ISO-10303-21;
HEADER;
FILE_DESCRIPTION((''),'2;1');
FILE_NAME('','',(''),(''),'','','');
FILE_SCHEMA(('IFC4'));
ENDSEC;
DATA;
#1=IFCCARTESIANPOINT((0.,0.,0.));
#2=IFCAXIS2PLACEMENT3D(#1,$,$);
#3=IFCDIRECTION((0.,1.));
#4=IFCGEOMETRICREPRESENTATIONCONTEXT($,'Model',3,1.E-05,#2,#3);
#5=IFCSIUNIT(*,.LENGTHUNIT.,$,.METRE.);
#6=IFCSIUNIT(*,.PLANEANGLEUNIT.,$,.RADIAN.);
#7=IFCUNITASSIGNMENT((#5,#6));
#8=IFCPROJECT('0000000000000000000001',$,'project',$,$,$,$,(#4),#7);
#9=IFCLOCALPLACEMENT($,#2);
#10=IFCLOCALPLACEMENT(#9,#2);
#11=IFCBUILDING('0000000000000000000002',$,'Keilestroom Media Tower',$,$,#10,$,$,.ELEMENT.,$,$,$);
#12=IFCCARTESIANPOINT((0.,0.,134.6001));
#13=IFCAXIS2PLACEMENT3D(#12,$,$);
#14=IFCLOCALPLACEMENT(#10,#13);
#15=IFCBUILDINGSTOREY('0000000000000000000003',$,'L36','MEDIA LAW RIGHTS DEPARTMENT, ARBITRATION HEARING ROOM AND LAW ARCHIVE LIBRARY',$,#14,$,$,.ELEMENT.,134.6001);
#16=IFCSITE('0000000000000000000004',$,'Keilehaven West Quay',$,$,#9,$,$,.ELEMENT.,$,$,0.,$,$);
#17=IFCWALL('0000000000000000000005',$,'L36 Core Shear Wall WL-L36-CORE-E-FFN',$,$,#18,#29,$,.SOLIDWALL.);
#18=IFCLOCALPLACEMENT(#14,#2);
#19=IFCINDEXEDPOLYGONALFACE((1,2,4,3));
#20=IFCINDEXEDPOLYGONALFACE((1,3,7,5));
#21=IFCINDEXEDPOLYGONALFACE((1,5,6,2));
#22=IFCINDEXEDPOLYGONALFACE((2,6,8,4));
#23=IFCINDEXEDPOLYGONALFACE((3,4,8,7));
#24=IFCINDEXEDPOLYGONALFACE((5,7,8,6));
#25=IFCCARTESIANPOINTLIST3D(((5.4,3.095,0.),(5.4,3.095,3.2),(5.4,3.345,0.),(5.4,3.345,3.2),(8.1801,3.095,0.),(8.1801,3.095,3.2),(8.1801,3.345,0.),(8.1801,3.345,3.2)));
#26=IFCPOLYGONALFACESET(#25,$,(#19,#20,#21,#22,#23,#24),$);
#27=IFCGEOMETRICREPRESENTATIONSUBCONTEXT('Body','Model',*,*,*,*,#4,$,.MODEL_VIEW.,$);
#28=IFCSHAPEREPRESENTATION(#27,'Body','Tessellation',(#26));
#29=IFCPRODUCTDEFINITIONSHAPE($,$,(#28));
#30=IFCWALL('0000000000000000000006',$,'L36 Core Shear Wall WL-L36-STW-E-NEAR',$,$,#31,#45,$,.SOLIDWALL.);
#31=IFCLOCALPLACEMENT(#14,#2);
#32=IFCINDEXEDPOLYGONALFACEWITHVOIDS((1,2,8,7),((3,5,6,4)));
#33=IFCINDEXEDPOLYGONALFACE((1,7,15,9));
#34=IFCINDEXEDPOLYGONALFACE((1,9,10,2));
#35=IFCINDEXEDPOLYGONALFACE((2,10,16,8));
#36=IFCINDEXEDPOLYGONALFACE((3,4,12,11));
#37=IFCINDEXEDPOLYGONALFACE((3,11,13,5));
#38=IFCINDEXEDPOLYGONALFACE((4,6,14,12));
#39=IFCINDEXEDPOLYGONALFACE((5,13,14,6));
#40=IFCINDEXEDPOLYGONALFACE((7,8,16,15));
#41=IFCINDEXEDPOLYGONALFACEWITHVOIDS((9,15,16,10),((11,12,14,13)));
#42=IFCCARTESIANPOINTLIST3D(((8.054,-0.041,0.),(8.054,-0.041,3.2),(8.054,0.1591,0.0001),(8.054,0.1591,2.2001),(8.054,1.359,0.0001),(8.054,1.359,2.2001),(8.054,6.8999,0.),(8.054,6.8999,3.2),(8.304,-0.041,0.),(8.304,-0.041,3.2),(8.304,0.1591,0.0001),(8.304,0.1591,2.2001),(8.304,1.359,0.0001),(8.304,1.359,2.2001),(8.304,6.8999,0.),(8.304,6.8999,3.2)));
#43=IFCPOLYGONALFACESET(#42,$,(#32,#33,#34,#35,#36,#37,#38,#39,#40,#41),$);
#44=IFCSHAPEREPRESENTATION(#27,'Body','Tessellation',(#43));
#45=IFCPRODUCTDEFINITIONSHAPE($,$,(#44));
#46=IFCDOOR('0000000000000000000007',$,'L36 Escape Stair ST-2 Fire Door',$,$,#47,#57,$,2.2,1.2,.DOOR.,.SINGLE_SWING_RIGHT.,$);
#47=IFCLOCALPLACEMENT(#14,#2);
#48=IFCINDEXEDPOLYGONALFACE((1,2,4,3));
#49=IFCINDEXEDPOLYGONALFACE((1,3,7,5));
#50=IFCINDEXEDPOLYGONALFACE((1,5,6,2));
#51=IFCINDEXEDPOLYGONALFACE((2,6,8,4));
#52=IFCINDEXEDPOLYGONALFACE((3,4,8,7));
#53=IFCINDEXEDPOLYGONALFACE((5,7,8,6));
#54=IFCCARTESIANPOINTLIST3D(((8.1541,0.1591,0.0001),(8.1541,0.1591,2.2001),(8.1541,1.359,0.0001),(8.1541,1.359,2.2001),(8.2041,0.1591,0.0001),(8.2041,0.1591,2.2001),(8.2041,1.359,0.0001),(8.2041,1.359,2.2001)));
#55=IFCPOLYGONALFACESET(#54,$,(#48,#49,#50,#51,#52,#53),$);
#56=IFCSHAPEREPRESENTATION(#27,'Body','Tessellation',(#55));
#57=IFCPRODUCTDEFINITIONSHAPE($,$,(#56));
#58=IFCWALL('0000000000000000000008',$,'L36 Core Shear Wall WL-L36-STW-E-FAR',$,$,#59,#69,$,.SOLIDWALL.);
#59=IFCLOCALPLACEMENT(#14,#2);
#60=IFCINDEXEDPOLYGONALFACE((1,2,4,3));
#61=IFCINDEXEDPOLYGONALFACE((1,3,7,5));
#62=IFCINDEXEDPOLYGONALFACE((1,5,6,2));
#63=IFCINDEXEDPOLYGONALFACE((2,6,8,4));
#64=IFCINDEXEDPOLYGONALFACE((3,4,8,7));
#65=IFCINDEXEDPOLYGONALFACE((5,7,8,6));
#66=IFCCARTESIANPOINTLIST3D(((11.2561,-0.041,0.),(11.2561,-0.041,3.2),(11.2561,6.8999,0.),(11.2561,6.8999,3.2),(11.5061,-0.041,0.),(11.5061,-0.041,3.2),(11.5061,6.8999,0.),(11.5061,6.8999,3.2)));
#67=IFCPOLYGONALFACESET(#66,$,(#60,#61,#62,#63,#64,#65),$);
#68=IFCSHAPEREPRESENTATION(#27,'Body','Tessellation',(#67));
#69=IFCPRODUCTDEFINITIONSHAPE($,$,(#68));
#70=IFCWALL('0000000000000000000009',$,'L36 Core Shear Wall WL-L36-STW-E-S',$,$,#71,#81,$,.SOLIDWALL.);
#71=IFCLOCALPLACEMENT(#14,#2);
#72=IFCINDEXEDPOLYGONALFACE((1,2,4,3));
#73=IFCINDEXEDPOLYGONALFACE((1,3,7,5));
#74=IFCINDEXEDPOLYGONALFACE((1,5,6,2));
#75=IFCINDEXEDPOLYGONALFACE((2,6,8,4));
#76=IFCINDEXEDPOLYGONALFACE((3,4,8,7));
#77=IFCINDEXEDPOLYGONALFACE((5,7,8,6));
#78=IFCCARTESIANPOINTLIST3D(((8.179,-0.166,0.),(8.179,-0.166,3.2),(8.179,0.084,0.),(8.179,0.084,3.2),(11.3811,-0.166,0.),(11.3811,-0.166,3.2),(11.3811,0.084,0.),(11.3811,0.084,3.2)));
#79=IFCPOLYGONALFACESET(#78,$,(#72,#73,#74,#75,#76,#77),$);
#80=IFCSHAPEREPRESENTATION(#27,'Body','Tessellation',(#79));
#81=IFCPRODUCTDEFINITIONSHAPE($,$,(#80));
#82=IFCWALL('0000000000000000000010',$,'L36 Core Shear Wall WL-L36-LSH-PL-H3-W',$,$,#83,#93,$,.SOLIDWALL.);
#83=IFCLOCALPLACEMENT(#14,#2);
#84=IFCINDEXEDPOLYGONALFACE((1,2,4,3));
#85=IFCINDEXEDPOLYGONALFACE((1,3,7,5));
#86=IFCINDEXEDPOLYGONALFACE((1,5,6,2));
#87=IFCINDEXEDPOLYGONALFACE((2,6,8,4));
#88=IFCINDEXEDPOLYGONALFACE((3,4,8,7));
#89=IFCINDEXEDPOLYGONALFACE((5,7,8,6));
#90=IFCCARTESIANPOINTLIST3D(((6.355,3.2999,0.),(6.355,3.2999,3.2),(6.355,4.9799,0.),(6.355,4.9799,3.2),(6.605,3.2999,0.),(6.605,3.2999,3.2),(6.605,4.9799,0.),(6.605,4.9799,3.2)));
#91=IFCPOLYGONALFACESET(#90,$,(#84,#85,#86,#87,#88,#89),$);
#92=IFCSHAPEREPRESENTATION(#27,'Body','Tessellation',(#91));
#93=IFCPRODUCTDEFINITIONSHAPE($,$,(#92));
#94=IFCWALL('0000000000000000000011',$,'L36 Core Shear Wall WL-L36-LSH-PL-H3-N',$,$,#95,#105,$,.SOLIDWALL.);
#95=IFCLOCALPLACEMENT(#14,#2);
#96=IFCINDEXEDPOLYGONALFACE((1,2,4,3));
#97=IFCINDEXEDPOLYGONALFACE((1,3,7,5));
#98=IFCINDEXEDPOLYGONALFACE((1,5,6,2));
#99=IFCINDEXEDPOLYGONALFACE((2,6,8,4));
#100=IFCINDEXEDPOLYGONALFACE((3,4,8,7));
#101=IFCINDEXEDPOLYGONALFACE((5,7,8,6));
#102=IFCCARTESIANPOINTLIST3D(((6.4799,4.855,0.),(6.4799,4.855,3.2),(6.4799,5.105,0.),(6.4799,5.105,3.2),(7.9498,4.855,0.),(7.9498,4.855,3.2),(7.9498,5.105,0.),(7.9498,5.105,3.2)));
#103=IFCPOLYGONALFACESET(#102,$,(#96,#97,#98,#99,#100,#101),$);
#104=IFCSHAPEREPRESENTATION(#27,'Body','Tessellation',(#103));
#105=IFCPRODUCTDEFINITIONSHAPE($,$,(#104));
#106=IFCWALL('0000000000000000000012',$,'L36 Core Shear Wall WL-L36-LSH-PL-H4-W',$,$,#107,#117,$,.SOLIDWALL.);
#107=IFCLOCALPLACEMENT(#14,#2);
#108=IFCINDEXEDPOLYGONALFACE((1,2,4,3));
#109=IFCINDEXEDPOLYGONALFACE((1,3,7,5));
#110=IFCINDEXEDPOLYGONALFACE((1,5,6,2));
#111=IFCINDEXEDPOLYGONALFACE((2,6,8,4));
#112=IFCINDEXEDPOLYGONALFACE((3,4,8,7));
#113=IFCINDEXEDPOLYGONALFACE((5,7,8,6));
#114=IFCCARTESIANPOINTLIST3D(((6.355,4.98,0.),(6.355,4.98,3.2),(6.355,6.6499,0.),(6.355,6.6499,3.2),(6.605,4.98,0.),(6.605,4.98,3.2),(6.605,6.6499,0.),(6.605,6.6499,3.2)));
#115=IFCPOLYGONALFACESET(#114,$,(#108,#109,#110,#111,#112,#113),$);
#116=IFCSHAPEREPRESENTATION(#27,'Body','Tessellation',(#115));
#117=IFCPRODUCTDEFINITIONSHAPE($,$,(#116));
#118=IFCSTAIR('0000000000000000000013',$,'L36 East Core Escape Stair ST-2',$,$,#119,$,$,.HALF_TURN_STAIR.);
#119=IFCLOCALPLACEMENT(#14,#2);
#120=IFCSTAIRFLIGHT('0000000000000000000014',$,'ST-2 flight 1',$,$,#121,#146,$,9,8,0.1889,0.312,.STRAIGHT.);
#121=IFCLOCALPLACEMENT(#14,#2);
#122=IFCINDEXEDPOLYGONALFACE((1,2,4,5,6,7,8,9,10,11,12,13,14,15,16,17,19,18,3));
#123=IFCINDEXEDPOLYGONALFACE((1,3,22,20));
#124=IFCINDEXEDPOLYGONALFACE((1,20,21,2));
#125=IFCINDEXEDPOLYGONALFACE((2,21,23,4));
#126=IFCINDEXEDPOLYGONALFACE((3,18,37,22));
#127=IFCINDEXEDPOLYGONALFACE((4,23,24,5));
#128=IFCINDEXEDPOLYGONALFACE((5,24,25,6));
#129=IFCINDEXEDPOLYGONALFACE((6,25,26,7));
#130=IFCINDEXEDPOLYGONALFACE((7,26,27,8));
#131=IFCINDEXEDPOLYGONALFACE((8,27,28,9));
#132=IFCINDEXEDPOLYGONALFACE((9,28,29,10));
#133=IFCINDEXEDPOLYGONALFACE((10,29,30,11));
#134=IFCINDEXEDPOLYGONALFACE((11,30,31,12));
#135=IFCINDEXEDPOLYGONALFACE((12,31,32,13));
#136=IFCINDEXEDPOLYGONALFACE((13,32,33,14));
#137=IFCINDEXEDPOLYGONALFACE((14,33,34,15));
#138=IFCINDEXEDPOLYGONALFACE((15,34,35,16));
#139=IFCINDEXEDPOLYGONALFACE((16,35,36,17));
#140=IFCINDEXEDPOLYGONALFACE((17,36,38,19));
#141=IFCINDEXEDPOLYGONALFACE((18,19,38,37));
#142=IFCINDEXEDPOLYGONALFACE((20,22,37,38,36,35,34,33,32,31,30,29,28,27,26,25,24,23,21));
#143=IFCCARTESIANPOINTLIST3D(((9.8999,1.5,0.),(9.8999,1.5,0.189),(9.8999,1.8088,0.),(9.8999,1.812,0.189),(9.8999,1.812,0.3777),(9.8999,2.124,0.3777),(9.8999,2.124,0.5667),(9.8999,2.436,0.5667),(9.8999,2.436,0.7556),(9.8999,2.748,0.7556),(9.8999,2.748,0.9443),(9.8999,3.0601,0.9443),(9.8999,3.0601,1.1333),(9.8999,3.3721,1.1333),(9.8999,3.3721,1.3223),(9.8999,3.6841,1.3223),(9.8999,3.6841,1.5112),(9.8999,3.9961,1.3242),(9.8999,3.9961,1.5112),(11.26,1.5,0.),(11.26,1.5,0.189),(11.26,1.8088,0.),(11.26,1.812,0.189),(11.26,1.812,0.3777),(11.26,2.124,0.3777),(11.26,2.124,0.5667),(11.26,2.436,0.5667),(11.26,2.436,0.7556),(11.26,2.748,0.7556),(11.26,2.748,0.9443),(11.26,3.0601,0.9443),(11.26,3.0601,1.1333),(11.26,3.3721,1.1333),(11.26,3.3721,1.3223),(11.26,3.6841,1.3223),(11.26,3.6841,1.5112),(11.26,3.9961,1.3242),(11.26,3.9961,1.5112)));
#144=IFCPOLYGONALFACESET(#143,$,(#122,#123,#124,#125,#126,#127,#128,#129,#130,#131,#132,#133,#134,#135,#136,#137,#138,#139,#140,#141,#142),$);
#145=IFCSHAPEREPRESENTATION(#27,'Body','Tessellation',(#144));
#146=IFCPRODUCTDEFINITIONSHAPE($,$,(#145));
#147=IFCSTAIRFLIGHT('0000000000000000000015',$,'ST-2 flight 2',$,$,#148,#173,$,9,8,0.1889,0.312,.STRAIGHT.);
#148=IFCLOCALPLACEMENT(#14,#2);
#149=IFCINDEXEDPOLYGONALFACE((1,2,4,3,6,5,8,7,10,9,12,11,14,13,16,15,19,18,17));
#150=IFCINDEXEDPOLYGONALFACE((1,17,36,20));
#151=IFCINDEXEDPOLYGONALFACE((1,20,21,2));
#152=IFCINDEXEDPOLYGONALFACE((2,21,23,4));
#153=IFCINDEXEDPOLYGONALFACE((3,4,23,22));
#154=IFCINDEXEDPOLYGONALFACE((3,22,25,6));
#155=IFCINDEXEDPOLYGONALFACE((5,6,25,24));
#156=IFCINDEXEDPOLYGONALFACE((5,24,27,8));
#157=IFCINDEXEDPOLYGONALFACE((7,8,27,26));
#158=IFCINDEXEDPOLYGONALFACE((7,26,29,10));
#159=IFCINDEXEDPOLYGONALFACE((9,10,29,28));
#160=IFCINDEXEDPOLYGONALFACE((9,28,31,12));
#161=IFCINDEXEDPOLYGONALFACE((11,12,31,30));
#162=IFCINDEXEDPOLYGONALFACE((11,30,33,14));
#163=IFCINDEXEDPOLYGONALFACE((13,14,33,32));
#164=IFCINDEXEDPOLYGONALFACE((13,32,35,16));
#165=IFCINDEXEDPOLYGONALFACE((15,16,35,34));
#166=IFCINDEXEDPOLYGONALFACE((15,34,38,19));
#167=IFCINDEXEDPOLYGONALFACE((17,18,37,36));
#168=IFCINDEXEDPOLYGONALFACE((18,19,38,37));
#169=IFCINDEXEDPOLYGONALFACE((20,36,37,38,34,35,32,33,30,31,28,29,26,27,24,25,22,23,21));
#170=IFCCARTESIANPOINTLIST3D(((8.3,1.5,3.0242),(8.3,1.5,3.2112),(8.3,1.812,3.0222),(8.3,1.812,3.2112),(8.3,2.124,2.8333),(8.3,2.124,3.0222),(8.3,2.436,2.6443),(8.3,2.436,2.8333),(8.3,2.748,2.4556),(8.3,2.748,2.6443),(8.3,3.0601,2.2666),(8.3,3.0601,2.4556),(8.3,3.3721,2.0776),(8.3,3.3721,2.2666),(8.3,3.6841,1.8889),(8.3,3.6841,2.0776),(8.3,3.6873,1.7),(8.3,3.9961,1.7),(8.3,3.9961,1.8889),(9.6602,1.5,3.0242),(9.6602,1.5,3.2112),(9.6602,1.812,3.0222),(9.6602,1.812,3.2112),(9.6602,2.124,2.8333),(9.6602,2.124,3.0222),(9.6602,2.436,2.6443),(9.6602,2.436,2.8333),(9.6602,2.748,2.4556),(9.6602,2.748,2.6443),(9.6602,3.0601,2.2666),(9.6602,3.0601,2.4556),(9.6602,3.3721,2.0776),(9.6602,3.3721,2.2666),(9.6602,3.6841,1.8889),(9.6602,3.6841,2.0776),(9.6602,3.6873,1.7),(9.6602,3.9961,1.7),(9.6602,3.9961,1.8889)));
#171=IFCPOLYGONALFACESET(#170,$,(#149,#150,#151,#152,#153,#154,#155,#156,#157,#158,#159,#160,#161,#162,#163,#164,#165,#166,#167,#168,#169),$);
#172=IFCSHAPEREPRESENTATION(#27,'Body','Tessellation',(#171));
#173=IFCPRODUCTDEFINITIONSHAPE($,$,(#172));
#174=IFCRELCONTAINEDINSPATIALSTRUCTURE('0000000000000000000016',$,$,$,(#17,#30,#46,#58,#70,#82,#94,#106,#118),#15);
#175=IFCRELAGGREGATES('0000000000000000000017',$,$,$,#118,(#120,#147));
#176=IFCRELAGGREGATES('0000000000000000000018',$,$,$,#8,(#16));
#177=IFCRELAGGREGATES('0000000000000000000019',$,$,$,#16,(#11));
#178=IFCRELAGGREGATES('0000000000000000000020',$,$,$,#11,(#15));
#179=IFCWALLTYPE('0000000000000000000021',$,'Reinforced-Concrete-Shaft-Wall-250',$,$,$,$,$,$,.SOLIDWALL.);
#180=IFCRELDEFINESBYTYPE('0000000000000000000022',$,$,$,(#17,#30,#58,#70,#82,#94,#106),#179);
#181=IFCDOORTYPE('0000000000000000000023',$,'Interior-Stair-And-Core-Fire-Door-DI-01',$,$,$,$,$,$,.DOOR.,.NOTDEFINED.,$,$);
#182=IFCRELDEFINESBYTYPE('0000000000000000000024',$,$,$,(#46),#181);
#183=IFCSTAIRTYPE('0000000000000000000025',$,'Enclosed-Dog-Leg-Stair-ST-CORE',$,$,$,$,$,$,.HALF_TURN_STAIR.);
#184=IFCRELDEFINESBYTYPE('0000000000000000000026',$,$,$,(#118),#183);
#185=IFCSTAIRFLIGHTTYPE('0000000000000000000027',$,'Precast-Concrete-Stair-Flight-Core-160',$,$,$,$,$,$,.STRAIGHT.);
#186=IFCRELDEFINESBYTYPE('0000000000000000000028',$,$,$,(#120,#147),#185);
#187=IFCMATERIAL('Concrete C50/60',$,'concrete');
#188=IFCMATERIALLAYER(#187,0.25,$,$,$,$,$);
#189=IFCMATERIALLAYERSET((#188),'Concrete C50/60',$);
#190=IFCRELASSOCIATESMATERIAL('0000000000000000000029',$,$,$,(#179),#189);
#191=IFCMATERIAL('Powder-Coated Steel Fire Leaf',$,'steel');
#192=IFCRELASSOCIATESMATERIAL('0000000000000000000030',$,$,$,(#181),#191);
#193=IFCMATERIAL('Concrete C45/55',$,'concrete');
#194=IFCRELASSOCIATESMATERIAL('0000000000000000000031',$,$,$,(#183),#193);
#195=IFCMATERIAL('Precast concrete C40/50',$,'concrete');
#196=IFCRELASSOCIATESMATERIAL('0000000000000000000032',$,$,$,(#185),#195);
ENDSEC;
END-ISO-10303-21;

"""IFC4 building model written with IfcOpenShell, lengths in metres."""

from ifc_helpers import new_model, si_unit, direction, frame, frame_2d, origin, place, context, subcontext, project, spatial, polyline, rectangle, outline, extrude, source, transform, mapped, material, layer, layer_set, type_object, element, fill, aggregate, save


model = new_model("IFC4")

# Units and contexts
model_context = context("Model", 3, precision=1e-05, world=origin(), true_north=direction((0.0, 1.0)))
body_context = subcontext(model_context, "Body", "Model", "MODEL_VIEW")
ifc_project = project(units=[si_unit("LENGTHUNIT", "METRE"), si_unit("PLANEANGLEUNIT", "RADIAN")], contexts=[model_context])

# Site, building, storey
site_placement = place(None, origin())
site = spatial("IfcSite", under=ifc_project, at=site_placement, Name="Keilehaven West Quay", CompositionType="ELEMENT", RefElevation=0.0)
building_placement = place(site_placement, origin())
building = spatial("IfcBuilding", under=site, at=building_placement, Name="Keilestroom Media Tower", CompositionType="ELEMENT")
storey_placement = place(building_placement, frame((0.0, 0.0, 134.6001)))
storey = spatial("IfcBuildingStorey", under=building, at=storey_placement, Name="L36", Description="MEDIA LAW RIGHTS DEPARTMENT, ARBITRATION HEARING ROOM AND LAW ARCHIVE LIBRARY", CompositionType="ELEMENT", Elevation=134.6001)

# Wall
ifc_material_1 = material(Name="Concrete C50/60", Category="concrete")
ifc_layer_1 = layer(ifc_material_1, 0.25)
ifc_layer_set_1 = layer_set([ifc_layer_1], Name="Concrete C50/60")
wall_type_1 = type_object("IfcWallType", Name="Reinforced-Concrete-Shaft-Wall-250", PredefinedType="SOLIDWALL", material=ifc_layer_set_1)
wall_1_placement = place(storey_placement, frame((5.3999, 3.22, 0.0), z_axis=(0.0, 0.0, 1.0), x_axis=(1.0, 0.0, 0.0)))
element("IfcWall", 1, at=wall_1_placement, inside=storey, type_object=wall_type_1, Name="L36 Core Shear Wall WL-L36-CORE-E-FFN", PredefinedType="SOLIDWALL", context=body_context, shape_type="SweptSolid", body=[
    extrude(rectangle(XDim=2.78, YDim=0.25, at=frame_2d((1.3901, 0.0))), origin(), (0.0, 0.0, 1.0), 3.2),
])

# Wall, opening, door
wall_2_placement = place(storey_placement, frame((8.179, -0.041, 0.0), z_axis=(0.0, 0.0, 1.0), x_axis=(0.0, 1.0, 0.0)))
wall_2 = element("IfcWall", 2, at=wall_2_placement, inside=storey, type_object=wall_type_1, Name="L36 Core Shear Wall WL-L36-STW-E-NEAR", PredefinedType="SOLIDWALL", context=body_context, shape_type="SweptSolid", body=[
    extrude(rectangle(XDim=6.9409, YDim=0.25, at=frame_2d((3.4705, 0.0))), origin(), (0.0, 0.0, 1.0), 3.2),
])
opening_placement = place(wall_2_placement, frame((0.2, 0.0, 0.0)))
opening = element("IfcOpeningElement", 3, at=opening_placement, cuts=wall_2, PredefinedType="OPENING", context=body_context, shape_type="SweptSolid", body=[
    extrude(rectangle(XDim=1.2, YDim=2.2, at=frame_2d((0.6001, 1.1001))), frame((0.0, 0.135, 0.0), z_axis=(0.0, -1.0, 0.0), x_axis=(1.0, 0.0, 0.0)), (0.0, 0.0, 1.0), 0.27),
])
ifc_material_2 = material(Name="Powder-Coated Steel Fire Leaf", Category="steel")
door_type = type_object("IfcDoorType", Name="Interior-Stair-And-Core-Fire-Door-DI-01", OperationType="NOTDEFINED", PredefinedType="DOOR", material=ifc_material_2)
shared_shape_1 = source(origin(), body_context, "Body", "SweptSolid", [
    extrude(rectangle(XDim=1.2, YDim=2.2, at=frame_2d((0.6001, 1.1001))), frame((0.0, 0.0249, 0.0), z_axis=(0.0, -1.0, 0.0), x_axis=(1.0, 0.0, 0.0)), (0.0, 0.0, 1.0), 0.05),
])
door_placement = place(opening_placement, origin())
door = element("IfcDoor", 4, at=door_placement, inside=storey, type_object=door_type, Name="L36 Escape Stair ST-2 Fire Door", OperationType="SINGLE_SWING_RIGHT", OverallHeight=2.2, OverallWidth=1.2, PredefinedType="DOOR", context=body_context, shape_type="MappedRepresentation", body=[
    mapped(shared_shape_1, transform((0.0, 0.0, 0.0), x_axis=(1.0, 0.0, 0.0), y_axis=(0.0, 1.0, 0.0), z_axis=(0.0, 0.0, 1.0), scale=1.0)),
])
fill(opening, door)

# Walls
wall_3_placement = place(storey_placement, frame((11.3811, -0.041, 0.0), z_axis=(0.0, 0.0, 1.0), x_axis=(0.0, 1.0, 0.0)))
element("IfcWall", 5, at=wall_3_placement, inside=storey, type_object=wall_type_1, Name="L36 Core Shear Wall WL-L36-STW-E-FAR", PredefinedType="SOLIDWALL", context=body_context, shape_type="SweptSolid", body=[
    extrude(rectangle(XDim=6.9409, YDim=0.25, at=frame_2d((3.4705, 0.0))), origin(), (0.0, 0.0, 1.0), 3.2),
])
wall_4_placement = place(storey_placement, frame((8.179, -0.041, 0.0), z_axis=(0.0, 0.0, 1.0), x_axis=(1.0, 0.0, 0.0)))
element("IfcWall", 6, at=wall_4_placement, inside=storey, type_object=wall_type_1, Name="L36 Core Shear Wall WL-L36-STW-E-S", PredefinedType="SOLIDWALL", context=body_context, shape_type="SweptSolid", body=[
    extrude(rectangle(XDim=3.2021, YDim=0.25, at=frame_2d((1.6011, 0.0))), origin(), (0.0, 0.0, 1.0), 3.2),
])
wall_5_placement = place(storey_placement, frame((6.48, 3.3, 0.0), z_axis=(0.0, 0.0, 1.0), x_axis=(0.0, 1.0, 0.0)))
element("IfcWall", 7, at=wall_5_placement, inside=storey, type_object=wall_type_1, Name="L36 Core Shear Wall WL-L36-LSH-PL-H3-W", PredefinedType="SOLIDWALL", context=body_context, shape_type="SweptSolid", body=[
    extrude(rectangle(XDim=1.6799, YDim=0.25, at=frame_2d((0.8398, 0.0))), origin(), (0.0, 0.0, 1.0), 3.2),
])
wall_6_placement = place(storey_placement, frame((6.48, 4.98, 0.0), z_axis=(0.0, 0.0, 1.0), x_axis=(1.0, 0.0, 0.0)))
element("IfcWall", 8, at=wall_6_placement, inside=storey, type_object=wall_type_1, Name="L36 Core Shear Wall WL-L36-LSH-PL-H3-N", PredefinedType="SOLIDWALL", context=body_context, shape_type="SweptSolid", body=[
    extrude(rectangle(XDim=1.47, YDim=0.25, at=frame_2d((0.7349, 0.0))), origin(), (0.0, 0.0, 1.0), 3.2),
])
wall_7_placement = place(storey_placement, frame((6.48, 4.98, 0.0), z_axis=(0.0, 0.0, 1.0), x_axis=(0.0, 1.0, 0.0)))
element("IfcWall", 9, at=wall_7_placement, inside=storey, type_object=wall_type_1, Name="L36 Core Shear Wall WL-L36-LSH-PL-H4-W", PredefinedType="SOLIDWALL", context=body_context, shape_type="SweptSolid", body=[
    extrude(rectangle(XDim=1.6699, YDim=0.25, at=frame_2d((0.835, 0.0))), origin(), (0.0, 0.0, 1.0), 3.2),
])

# Stair, stair flights
ifc_material_3 = material(Name="Concrete C45/55", Category="concrete")
stair_type = type_object("IfcStairType", Name="Enclosed-Dog-Leg-Stair-ST-CORE", PredefinedType="HALF_TURN_STAIR", material=ifc_material_3)
stair_placement = place(storey_placement, origin())
stair = element("IfcStair", 10, at=stair_placement, inside=storey, type_object=stair_type, Name="L36 East Core Escape Stair ST-2", PredefinedType="HALF_TURN_STAIR")
ifc_material_4 = material(Name="Precast concrete C40/50", Category="concrete")
stair_flight_type = type_object("IfcStairFlightType", Name="Precast-Concrete-Stair-Flight-Core-160", PredefinedType="STRAIGHT", material=ifc_material_4)
stair_flight_1_placement = place(storey_placement, frame((10.5801, 1.5, 0.0), z_axis=(0.0, 0.0, 1.0), x_axis=(0.0, 1.0, 0.0)))
stair_flight_1 = element("IfcStairFlight", 11, at=stair_flight_1_placement, type_object=stair_flight_type, Name="ST-2 flight 1", NumberOfRisers=9, NumberOfTreads=8, PredefinedType="STRAIGHT", RiserHeight=0.1889, TreadLength=0.312, context=body_context, shape_type="SweptSolid", body=[
    extrude(outline(polyline([(0.0, 0.0), (0.0, 0.189), (0.312, 0.189), (0.312, 0.3777), (0.624, 0.3777), (0.624, 0.5667), (0.936, 0.5667), (0.936, 0.7556), (1.248, 0.7556), (1.248, 0.9443), (1.5601, 0.9443), (1.5601, 1.1333), (1.8721, 1.1333), (1.8721, 1.3223), (2.1841, 1.3223), (2.1841, 1.5112), (2.4961, 1.5112), (2.4961, 1.7), (2.4961, 1.3242), (0.3088, 0.0), (0.0, 0.0)])), frame((0.0, 0.6802, 0.0), z_axis=(0.0, -1.0, 0.0), x_axis=(1.0, 0.0, 0.0)), (0.0, 0.0, 1.0), 1.3601),
])
stair_flight_2_placement = place(storey_placement, frame((8.98, 3.9961, 1.7), z_axis=(0.0, 0.0, 1.0), x_axis=(0.0, -1.0, 0.0)))
stair_flight_2 = element("IfcStairFlight", 12, at=stair_flight_2_placement, type_object=stair_flight_type, Name="ST-2 flight 2", NumberOfRisers=9, NumberOfTreads=8, PredefinedType="STRAIGHT", RiserHeight=0.1889, TreadLength=0.312, context=body_context, shape_type="SweptSolid", body=[
    extrude(outline(polyline([(0.0, 0.0), (0.0, 0.189), (0.312, 0.189), (0.312, 0.3777), (0.624, 0.3777), (0.624, 0.5667), (0.936, 0.5667), (0.936, 0.7556), (1.248, 0.7556), (1.248, 0.9443), (1.5601, 0.9443), (1.5601, 1.1333), (1.8721, 1.1333), (1.8721, 1.3223), (2.1841, 1.3223), (2.1841, 1.5112), (2.4961, 1.5112), (2.4961, 1.7), (2.4961, 1.3242), (0.3088, 0.0), (0.0, 0.0)])), frame((0.0, 0.6802, 0.0), z_axis=(0.0, -1.0, 0.0), x_axis=(1.0, 0.0, 0.0)), (0.0, 0.0, 1.0), 1.3601),
])
aggregate(stair, [stair_flight_1, stair_flight_2])

save(model, "model.ifc")
